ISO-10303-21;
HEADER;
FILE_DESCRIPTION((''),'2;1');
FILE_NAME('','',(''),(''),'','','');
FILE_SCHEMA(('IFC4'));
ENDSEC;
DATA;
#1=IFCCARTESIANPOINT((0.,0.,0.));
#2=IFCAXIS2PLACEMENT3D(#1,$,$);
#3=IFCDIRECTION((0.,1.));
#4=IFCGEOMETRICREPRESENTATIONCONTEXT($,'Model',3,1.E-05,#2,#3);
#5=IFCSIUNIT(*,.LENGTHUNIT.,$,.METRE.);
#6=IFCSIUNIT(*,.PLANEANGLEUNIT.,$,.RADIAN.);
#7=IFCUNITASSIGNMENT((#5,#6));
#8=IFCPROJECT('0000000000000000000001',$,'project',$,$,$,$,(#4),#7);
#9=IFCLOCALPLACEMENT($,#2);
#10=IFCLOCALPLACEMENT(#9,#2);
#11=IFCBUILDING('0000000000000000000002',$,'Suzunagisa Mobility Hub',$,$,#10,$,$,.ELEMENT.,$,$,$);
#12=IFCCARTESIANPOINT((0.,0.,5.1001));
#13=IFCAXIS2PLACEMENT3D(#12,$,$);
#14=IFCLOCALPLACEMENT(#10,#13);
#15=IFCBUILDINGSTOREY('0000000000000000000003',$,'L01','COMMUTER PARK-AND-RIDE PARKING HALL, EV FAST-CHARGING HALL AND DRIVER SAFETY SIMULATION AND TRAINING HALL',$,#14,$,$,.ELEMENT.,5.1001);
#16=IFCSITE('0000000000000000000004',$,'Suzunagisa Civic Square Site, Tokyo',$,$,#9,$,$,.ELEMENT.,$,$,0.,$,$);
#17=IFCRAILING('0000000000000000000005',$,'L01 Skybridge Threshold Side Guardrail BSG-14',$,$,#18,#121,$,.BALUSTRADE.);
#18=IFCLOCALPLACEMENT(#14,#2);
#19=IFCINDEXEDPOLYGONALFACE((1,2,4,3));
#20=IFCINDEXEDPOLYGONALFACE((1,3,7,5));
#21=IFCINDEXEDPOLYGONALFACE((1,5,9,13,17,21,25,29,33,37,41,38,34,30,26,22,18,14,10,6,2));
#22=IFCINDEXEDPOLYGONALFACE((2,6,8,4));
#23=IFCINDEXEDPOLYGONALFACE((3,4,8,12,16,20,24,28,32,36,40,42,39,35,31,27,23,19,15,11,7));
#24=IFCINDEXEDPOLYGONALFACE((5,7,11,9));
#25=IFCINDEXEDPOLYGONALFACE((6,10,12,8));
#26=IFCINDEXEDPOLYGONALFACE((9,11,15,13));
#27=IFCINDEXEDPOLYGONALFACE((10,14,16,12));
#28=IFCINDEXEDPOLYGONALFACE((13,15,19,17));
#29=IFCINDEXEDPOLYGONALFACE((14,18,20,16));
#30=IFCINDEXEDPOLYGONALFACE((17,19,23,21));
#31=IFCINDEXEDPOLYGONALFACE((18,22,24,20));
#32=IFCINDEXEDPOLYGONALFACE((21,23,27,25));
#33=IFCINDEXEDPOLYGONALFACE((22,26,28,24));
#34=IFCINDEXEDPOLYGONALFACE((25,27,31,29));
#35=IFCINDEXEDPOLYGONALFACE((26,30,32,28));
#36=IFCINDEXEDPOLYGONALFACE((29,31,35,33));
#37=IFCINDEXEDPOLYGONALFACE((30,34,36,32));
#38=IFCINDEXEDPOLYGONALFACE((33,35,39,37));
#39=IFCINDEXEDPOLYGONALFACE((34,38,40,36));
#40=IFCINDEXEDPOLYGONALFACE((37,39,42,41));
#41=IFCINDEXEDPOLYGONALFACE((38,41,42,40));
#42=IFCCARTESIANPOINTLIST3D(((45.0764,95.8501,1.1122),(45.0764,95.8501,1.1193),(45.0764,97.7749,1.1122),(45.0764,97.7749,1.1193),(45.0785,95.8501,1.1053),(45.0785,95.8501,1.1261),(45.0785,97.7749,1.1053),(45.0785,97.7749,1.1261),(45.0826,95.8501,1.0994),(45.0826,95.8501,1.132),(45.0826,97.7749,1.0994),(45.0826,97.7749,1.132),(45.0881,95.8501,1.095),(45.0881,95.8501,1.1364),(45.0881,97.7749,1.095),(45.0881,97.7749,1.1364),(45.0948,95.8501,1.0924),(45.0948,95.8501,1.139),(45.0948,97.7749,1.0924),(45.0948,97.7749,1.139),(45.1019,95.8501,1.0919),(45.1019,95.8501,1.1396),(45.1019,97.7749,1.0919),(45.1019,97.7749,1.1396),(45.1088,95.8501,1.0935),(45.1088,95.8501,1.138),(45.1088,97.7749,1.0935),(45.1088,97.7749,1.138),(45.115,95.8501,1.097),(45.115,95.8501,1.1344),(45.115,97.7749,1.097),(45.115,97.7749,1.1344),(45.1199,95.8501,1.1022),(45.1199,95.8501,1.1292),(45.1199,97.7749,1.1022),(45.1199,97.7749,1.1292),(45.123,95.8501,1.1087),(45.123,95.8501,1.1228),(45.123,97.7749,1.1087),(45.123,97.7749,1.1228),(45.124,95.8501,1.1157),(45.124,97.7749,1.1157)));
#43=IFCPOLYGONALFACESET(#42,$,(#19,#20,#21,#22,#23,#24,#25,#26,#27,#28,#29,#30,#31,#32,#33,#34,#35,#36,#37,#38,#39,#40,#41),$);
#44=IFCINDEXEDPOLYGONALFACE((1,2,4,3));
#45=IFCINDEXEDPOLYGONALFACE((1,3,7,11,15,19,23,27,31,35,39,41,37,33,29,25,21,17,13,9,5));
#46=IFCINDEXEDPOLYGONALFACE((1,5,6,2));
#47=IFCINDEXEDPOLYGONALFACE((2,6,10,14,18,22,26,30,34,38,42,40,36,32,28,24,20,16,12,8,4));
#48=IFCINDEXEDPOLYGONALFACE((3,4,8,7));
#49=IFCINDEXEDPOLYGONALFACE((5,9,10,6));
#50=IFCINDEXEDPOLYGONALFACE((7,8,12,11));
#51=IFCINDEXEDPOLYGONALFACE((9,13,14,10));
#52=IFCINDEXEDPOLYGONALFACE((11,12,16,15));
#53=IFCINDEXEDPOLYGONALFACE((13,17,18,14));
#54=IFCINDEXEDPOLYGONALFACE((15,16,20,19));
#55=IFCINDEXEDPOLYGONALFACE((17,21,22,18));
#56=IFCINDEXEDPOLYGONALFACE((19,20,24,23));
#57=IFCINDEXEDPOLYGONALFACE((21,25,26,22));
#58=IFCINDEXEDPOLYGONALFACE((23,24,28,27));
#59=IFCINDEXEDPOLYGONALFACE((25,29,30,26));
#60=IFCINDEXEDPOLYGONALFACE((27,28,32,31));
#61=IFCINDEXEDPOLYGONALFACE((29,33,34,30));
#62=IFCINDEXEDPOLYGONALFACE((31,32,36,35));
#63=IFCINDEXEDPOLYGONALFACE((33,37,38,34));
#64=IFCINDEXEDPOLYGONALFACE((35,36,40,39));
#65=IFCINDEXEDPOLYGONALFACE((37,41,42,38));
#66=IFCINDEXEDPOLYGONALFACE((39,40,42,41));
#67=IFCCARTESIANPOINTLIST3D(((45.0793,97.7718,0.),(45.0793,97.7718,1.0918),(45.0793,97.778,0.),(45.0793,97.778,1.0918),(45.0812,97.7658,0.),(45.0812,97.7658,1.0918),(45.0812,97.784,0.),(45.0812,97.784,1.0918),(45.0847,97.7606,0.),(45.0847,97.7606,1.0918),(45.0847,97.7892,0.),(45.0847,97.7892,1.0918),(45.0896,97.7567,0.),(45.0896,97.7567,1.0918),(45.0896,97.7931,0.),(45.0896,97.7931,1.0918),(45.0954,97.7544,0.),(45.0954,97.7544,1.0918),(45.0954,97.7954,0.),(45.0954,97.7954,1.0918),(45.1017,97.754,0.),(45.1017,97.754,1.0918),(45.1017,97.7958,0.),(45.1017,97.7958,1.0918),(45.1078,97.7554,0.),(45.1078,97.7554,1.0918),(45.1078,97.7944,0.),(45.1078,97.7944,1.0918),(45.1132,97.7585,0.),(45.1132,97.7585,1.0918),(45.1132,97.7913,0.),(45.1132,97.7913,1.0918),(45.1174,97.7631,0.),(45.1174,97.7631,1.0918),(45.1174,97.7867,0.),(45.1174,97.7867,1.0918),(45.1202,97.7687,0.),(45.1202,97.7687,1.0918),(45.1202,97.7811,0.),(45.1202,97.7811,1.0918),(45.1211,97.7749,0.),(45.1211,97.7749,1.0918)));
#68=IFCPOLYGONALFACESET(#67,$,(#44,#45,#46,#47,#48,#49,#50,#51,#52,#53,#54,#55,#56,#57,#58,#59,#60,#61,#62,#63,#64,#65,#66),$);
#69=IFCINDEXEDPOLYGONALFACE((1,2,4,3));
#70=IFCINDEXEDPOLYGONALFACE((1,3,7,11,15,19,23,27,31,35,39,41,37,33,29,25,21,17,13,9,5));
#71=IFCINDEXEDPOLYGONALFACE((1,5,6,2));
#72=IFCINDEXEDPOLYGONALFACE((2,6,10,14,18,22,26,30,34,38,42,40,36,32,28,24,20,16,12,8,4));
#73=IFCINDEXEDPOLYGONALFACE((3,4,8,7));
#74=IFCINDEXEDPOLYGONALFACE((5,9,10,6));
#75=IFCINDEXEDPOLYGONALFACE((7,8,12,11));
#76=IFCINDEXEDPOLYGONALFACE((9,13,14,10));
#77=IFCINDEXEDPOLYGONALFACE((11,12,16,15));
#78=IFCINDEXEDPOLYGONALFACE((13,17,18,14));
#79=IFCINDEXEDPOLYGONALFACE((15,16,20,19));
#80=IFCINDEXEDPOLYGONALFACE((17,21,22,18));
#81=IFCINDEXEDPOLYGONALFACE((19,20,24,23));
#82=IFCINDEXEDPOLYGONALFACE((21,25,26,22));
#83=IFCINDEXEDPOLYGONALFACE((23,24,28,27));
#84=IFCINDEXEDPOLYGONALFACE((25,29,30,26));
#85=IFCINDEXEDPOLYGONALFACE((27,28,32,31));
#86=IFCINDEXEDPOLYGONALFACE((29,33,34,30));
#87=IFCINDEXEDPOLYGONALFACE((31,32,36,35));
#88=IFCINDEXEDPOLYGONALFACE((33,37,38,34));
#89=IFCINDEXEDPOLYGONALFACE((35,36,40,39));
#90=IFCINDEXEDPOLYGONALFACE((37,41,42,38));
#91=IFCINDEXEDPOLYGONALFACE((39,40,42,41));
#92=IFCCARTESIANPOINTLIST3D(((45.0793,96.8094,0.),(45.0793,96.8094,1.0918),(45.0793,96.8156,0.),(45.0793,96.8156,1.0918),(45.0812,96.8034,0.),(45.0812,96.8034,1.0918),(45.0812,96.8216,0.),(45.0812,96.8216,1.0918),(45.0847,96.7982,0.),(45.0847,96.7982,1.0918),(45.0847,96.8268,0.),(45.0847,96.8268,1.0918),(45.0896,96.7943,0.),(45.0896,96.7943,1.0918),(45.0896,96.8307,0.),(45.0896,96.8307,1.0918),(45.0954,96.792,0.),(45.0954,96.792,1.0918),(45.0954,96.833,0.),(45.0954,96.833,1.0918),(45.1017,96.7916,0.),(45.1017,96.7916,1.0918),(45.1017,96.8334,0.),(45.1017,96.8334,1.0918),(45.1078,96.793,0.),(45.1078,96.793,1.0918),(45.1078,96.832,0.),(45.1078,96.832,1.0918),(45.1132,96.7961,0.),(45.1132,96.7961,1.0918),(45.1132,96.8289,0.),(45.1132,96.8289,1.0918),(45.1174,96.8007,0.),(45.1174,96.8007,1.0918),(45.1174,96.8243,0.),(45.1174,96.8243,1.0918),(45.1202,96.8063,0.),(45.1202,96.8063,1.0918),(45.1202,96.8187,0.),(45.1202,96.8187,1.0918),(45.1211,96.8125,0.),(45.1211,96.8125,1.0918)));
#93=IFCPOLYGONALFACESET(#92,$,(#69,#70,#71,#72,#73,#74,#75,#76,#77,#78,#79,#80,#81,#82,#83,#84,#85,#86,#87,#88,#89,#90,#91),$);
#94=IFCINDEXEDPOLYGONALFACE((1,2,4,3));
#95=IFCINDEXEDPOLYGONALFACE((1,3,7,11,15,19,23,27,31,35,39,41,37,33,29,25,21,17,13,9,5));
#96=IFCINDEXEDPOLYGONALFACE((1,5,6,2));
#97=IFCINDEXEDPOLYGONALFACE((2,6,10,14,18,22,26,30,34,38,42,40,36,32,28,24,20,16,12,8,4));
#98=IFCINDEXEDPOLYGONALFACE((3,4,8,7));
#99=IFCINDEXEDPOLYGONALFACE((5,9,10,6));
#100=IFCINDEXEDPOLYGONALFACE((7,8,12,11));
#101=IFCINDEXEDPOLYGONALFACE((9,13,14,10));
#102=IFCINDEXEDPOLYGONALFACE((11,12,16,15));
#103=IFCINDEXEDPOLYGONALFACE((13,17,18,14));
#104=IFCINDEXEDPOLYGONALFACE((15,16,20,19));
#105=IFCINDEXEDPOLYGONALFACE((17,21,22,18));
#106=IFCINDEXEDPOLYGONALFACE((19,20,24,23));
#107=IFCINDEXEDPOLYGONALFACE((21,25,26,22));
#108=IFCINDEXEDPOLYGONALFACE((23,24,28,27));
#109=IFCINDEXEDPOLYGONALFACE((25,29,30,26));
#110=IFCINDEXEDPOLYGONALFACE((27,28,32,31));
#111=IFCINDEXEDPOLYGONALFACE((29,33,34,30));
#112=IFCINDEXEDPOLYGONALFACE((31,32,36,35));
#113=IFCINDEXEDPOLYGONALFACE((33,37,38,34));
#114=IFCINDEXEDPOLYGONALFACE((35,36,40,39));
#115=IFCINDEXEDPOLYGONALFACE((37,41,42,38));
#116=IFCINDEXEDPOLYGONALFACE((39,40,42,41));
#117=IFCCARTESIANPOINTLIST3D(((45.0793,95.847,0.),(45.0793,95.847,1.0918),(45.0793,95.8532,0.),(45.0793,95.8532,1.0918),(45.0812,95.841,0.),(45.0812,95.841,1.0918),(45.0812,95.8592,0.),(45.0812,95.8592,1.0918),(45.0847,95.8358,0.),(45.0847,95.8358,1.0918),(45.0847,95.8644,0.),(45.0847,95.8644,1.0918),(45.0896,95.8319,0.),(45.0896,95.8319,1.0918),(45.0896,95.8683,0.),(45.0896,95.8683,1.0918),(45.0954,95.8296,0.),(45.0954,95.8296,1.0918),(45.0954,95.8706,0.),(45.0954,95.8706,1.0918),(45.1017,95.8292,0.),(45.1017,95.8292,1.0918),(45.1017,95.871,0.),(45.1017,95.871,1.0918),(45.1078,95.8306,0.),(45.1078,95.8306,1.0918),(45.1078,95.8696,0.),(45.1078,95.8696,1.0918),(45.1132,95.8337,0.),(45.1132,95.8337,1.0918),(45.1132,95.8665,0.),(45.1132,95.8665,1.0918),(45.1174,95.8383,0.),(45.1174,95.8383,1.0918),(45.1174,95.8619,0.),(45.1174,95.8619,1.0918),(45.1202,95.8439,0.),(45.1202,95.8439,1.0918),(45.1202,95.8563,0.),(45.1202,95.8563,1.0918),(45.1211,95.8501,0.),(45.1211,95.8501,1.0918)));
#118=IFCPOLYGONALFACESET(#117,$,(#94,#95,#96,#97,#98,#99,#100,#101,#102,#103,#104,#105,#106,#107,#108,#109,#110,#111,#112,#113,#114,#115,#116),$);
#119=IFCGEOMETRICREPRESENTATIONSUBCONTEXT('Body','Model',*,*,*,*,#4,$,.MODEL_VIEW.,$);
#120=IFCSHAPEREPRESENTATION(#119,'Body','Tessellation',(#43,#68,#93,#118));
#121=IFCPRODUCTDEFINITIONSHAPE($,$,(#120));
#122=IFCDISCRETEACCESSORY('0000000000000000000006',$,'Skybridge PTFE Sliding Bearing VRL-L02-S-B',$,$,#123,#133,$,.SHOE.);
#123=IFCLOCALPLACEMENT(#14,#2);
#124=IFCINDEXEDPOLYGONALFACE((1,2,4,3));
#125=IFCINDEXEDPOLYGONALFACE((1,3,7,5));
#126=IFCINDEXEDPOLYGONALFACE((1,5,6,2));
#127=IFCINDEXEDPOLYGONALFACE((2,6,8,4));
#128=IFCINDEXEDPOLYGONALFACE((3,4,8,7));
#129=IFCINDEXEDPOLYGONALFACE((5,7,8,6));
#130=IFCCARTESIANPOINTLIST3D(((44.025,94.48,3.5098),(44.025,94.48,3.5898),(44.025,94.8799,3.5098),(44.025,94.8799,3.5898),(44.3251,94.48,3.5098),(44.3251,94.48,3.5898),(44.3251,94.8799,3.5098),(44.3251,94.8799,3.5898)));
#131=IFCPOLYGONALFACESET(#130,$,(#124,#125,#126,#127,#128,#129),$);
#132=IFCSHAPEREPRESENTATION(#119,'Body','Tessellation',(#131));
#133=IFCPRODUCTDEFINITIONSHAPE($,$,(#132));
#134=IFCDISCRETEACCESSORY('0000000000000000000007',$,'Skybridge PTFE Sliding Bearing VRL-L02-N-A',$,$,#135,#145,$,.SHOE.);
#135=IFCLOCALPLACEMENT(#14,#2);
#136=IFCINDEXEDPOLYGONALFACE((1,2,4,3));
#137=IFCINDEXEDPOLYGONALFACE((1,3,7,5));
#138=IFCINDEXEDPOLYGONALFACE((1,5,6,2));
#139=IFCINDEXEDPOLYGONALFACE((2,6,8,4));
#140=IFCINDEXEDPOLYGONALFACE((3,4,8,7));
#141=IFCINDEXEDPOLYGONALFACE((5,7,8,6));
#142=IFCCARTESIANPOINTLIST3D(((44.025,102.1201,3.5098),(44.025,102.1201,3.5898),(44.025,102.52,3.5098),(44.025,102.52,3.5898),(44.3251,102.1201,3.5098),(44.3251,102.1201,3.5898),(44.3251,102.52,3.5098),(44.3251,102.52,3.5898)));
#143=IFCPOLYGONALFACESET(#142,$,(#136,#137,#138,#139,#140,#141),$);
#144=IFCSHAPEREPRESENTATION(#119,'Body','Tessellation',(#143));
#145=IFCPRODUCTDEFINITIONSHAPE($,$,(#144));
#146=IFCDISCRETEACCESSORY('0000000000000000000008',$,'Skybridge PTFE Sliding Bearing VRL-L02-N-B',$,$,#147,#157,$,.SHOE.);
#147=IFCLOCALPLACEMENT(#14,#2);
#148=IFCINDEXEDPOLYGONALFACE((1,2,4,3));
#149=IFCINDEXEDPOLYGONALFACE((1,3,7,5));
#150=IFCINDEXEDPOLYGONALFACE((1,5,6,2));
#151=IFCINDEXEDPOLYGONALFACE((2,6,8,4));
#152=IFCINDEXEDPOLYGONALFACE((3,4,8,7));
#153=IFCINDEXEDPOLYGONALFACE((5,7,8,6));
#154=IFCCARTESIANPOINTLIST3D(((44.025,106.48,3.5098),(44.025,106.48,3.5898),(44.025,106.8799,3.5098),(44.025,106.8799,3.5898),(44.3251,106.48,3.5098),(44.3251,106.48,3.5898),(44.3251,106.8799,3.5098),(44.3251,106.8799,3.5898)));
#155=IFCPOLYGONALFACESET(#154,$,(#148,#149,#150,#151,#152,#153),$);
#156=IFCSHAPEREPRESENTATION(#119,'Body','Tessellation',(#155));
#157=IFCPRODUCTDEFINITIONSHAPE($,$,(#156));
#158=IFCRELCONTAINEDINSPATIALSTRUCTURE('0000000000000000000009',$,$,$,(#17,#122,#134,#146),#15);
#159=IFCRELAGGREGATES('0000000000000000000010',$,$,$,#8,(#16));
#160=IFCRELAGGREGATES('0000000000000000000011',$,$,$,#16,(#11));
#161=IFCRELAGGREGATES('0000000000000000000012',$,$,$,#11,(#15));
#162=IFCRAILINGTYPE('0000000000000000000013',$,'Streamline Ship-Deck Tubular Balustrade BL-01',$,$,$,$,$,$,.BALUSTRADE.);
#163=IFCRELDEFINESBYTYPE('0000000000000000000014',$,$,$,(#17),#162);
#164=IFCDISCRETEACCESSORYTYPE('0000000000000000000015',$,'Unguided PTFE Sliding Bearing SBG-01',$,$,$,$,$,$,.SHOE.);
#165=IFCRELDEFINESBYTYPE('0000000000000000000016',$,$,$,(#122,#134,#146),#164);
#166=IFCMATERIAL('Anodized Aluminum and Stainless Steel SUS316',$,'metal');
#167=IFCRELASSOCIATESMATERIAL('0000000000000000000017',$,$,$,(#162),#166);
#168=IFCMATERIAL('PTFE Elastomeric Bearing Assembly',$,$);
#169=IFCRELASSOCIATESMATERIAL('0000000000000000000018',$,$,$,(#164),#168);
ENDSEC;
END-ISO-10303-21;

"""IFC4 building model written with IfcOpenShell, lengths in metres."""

from ifc_helpers import new_model, si_unit, direction, frame, origin, origin_2d, place, context, subcontext, project, spatial, rectangle, circle, extrude, material, type_object, element, save


model = new_model("IFC4")

# Units and contexts
model_context = context("Model", 3, precision=1e-05, world=origin(), true_north=direction((0.0, 1.0)))
body_context = subcontext(model_context, "Body", "Model", "MODEL_VIEW")
ifc_project = project(units=[si_unit("LENGTHUNIT", "METRE"), si_unit("PLANEANGLEUNIT", "RADIAN")], contexts=[model_context])

# Site, building, storey
site_placement = place(None, origin())
site = spatial("IfcSite", under=ifc_project, at=site_placement, Name="Suzunagisa Civic Square Site, Tokyo", CompositionType="ELEMENT", RefElevation=0.0)
building_placement = place(site_placement, origin())
building = spatial("IfcBuilding", under=site, at=building_placement, Name="Suzunagisa Mobility Hub", CompositionType="ELEMENT")
storey_placement = place(building_placement, frame((0.0, 0.0, 5.1001)))
storey = spatial("IfcBuildingStorey", under=building, at=storey_placement, Name="L01", Description="COMMUTER PARK-AND-RIDE PARKING HALL, EV FAST-CHARGING HALL AND DRIVER SAFETY SIMULATION AND TRAINING HALL", CompositionType="ELEMENT", Elevation=5.1001)

# Railing
ifc_material_1 = material(Name="Anodized Aluminum and Stainless Steel SUS316", Category="metal")
railing_type_1 = type_object("IfcRailingType", Name="Streamline Ship-Deck Tubular Balustrade BL-01", PredefinedType="BALUSTRADE", material=ifc_material_1)
railing_1_placement = place(storey_placement, frame((45.1001, 97.7749, 0.0)))
element("IfcRailing", 1, at=railing_1_placement, inside=storey, type_object=railing_type_1, Name="L01 Skybridge Threshold Side Guardrail BSG-14", PredefinedType="BALUSTRADE", context=body_context, shape_type="SweptSolid", body=[
    extrude(circle(Radius=0.0239, at=origin_2d()), frame((0.0, 0.0, 1.1157), z_axis=(0.0, -1.0, 0.0), x_axis=(1.0, 0.0, 0.0)), (0.0, 0.0, 1.0), 1.9248),
    extrude(circle(Radius=0.021, at=origin_2d()), origin(), (0.0, 0.0, 1.0), 1.0918),
    extrude(circle(Radius=0.021, at=origin_2d()), frame((0.0, -0.9624, 0.0)), (0.0, 0.0, 1.0), 1.0918),
    extrude(circle(Radius=0.021, at=origin_2d()), frame((0.0, -1.9248, 0.0)), (0.0, 0.0, 1.0), 1.0918),
])

# Discrete accessories
ifc_material_2 = material(Name="PTFE Elastomeric Bearing Assembly")
discrete_accessory_type = type_object("IfcDiscreteAccessoryType", Name="Unguided PTFE Sliding Bearing SBG-01", PredefinedType="SHOE", material=ifc_material_2)
for number, where, z_axis, x_axis, name in (
    (2, (44.175, 94.6799, 3.5098), (0.0, 0.0, 1.0), (1.0, 0.0, 0.0), "Skybridge PTFE Sliding Bearing VRL-L02-S-B"),
    (3, (44.175, 102.3201, 3.5098), (0.0, 0.0, 1.0), (1.0, 0.0, 0.0), "Skybridge PTFE Sliding Bearing VRL-L02-N-A"),
    (4, (44.175, 106.6799, 3.5098), (0.0, 0.0, 1.0), (1.0, 0.0, 0.0), "Skybridge PTFE Sliding Bearing VRL-L02-N-B"),
):
    element("IfcDiscreteAccessory", number, at=place(storey_placement, frame(where, z_axis=z_axis, x_axis=x_axis)), inside=storey, type_object=discrete_accessory_type, Name=name, PredefinedType="SHOE", context=body_context, shape_type="SweptSolid", body=[
        extrude(rectangle(XDim=0.3, YDim=0.3999, at=origin_2d()), origin(), (0.0, 0.0, 1.0), 0.0801),
    ])

save(model, "model.ifc")
